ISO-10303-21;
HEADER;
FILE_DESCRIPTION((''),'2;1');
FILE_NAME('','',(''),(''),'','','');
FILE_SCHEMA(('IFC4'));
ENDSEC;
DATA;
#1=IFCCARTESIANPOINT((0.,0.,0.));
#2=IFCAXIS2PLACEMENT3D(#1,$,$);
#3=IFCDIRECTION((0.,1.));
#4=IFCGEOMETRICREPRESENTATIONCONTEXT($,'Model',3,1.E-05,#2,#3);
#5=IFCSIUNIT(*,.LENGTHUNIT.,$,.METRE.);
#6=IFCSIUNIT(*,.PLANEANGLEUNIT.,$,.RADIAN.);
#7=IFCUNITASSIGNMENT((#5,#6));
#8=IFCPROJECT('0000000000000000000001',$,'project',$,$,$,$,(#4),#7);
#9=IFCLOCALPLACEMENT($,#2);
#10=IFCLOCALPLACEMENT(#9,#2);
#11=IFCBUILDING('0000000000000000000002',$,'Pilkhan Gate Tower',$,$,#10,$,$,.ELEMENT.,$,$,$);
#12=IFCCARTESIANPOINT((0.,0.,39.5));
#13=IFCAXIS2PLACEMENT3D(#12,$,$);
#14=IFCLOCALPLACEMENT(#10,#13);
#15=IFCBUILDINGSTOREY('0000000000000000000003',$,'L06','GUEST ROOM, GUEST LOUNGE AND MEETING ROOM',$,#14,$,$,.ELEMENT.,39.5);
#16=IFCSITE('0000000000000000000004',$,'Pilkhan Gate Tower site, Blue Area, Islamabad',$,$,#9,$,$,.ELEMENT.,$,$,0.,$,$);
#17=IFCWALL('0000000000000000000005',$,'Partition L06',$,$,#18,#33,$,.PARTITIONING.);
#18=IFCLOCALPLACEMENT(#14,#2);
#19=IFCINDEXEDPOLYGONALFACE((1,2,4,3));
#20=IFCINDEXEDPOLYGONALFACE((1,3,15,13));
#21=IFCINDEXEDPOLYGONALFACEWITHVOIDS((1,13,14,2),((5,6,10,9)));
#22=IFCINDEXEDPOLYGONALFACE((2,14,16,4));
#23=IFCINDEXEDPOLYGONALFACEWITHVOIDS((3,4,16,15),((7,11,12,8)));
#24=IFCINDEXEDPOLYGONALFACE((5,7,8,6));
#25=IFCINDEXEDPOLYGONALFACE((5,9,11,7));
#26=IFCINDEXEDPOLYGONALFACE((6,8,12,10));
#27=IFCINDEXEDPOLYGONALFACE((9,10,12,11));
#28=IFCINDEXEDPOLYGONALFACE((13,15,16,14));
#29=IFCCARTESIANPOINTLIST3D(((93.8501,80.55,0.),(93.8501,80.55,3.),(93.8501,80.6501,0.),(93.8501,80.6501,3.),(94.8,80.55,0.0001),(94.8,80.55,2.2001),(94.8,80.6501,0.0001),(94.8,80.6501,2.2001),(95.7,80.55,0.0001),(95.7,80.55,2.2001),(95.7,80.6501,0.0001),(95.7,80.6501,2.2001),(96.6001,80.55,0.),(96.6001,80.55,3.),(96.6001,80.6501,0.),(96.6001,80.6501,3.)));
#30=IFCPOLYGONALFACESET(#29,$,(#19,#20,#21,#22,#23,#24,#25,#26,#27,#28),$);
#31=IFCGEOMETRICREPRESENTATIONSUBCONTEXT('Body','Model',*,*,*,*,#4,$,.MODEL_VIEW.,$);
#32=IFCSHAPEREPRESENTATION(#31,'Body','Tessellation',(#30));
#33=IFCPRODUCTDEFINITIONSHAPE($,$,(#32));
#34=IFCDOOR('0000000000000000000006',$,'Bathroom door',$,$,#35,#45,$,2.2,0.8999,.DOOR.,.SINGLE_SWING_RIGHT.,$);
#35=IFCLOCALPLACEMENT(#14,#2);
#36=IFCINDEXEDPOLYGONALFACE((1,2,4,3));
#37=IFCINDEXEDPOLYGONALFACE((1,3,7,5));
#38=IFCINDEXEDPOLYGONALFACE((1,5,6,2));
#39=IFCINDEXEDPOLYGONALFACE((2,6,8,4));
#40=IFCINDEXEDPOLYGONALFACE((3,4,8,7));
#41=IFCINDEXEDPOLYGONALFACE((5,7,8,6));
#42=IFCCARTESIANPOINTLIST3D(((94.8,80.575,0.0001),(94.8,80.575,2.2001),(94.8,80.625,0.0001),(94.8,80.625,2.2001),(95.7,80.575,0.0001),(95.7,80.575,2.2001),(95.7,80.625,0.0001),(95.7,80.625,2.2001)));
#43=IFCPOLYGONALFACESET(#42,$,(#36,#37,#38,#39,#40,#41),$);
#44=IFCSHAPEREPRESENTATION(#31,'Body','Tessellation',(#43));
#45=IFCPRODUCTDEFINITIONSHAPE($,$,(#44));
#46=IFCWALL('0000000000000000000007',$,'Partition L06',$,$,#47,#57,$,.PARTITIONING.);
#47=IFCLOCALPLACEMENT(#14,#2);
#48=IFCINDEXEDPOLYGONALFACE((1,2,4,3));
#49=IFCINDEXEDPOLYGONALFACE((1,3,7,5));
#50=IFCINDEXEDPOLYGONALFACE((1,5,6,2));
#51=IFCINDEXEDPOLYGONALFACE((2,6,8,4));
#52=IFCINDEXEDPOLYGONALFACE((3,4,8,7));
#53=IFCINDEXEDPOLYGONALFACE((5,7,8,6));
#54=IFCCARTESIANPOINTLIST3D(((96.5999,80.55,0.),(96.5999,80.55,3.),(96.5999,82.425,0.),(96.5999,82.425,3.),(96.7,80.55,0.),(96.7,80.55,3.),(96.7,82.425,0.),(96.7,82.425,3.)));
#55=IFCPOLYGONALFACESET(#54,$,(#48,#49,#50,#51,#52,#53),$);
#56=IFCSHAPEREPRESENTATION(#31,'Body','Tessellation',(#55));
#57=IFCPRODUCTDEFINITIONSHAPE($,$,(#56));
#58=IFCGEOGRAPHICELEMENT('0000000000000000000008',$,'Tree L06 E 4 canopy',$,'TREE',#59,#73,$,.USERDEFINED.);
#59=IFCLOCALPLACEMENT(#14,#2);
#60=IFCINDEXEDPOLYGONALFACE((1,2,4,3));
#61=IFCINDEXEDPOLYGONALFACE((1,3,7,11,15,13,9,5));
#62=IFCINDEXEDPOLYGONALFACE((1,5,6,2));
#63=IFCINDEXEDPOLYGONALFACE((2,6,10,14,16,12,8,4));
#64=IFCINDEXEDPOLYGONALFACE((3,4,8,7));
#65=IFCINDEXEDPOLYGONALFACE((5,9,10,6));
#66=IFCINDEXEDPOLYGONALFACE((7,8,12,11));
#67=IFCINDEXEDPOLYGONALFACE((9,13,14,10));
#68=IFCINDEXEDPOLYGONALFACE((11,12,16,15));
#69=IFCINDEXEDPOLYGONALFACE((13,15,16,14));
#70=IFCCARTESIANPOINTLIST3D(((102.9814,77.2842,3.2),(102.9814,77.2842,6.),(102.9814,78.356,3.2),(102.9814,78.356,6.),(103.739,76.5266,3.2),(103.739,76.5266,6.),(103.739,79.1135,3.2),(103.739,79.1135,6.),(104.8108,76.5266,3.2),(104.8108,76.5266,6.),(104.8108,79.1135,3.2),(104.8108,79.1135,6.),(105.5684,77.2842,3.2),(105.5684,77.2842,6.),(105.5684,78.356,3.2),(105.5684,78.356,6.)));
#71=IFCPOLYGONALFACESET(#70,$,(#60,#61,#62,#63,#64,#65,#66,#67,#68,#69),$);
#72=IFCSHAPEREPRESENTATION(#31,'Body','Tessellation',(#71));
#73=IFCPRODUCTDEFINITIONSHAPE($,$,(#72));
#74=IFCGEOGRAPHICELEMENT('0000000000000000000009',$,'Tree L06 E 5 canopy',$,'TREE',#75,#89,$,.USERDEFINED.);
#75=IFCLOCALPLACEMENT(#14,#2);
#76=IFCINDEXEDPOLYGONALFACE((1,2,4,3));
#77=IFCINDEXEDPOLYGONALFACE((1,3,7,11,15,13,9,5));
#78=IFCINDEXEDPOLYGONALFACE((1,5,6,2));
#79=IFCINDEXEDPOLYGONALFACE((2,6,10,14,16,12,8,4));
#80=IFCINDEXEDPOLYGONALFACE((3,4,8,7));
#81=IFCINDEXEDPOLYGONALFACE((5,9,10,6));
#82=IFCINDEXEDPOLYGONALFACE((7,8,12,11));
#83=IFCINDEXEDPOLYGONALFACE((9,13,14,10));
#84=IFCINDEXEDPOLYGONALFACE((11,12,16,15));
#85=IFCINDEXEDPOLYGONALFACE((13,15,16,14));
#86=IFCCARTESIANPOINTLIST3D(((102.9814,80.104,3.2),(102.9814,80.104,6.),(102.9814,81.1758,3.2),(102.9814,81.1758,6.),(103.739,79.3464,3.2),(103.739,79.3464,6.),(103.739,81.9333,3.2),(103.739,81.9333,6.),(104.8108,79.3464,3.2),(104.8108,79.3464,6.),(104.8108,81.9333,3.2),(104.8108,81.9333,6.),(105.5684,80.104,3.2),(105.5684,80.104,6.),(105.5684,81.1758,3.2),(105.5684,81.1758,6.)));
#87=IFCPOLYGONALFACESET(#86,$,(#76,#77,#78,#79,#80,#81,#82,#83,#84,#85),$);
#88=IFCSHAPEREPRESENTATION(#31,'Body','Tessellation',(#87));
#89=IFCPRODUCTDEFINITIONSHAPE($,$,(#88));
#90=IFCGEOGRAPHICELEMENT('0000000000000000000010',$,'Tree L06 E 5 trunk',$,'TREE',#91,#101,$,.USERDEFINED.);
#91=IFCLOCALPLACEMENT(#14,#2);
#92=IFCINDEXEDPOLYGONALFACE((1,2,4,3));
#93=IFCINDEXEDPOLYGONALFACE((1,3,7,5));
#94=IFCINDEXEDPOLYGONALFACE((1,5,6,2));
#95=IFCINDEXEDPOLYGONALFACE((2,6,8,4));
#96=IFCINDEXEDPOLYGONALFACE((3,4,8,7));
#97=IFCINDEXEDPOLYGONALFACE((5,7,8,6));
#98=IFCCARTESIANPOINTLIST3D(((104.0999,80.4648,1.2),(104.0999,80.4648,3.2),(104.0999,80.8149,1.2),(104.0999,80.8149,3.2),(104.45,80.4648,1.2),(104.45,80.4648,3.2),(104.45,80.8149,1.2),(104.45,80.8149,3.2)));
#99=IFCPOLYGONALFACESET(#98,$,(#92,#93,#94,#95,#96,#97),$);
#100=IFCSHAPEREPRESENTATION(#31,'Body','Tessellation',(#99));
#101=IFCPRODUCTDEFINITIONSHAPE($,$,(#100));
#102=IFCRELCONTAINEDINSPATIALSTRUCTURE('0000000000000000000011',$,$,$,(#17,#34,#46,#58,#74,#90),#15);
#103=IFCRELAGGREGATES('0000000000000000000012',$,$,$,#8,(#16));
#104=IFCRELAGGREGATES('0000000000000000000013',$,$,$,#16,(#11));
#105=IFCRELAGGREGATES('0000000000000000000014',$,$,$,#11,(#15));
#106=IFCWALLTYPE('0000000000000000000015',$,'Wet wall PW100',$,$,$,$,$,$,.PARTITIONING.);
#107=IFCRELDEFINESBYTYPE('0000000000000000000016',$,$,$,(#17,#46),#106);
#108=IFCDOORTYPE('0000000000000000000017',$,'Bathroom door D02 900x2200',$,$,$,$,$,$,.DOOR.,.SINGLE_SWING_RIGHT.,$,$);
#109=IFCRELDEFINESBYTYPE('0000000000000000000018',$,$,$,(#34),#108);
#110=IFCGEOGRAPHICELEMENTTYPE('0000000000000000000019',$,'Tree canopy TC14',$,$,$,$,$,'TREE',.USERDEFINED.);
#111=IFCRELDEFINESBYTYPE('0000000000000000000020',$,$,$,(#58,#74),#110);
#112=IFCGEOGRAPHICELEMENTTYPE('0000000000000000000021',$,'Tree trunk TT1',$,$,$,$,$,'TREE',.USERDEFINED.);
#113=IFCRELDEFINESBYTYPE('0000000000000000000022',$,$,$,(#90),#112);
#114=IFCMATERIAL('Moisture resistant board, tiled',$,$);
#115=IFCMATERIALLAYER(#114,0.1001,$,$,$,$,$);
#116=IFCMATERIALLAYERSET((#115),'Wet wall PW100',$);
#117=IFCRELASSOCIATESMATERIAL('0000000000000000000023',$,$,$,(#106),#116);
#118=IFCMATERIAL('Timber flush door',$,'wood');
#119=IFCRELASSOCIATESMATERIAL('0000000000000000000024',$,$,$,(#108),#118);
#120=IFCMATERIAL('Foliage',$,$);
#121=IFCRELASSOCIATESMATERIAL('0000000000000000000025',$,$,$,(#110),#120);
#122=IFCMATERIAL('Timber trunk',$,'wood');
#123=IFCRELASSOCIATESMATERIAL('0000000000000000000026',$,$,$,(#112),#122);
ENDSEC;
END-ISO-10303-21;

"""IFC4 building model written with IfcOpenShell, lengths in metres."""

from ifc_helpers import new_model, si_unit, direction, frame, frame_2d, origin, origin_2d, place, context, subcontext, project, spatial, polyline, rectangle, outline, extrude, material, layer, layer_set, material_profile, profile_set, type_object, element, fill, save


model = new_model("IFC4")

# Units and contexts
model_context = context("Model", 3, precision=1e-05, world=origin(), true_north=direction((0.0, 1.0)))
body_context = subcontext(model_context, "Body", "Model", "MODEL_VIEW")
ifc_project = project(units=[si_unit("LENGTHUNIT", "METRE"), si_unit("PLANEANGLEUNIT", "RADIAN")], contexts=[model_context])

# Site, building, storey
site_placement = place(None, origin())
site = spatial("IfcSite", under=ifc_project, at=site_placement, Name="Pilkhan Gate Tower site, Blue Area, Islamabad", CompositionType="ELEMENT", RefElevation=0.0)
building_placement = place(site_placement, origin())
building = spatial("IfcBuilding", under=site, at=building_placement, Name="Pilkhan Gate Tower", CompositionType="ELEMENT")
storey_placement = place(building_placement, frame((0.0, 0.0, 39.5)))
storey = spatial("IfcBuildingStorey", under=building, at=storey_placement, Name="L06", Description="GUEST ROOM, GUEST LOUNGE AND MEETING ROOM", CompositionType="ELEMENT", Elevation=39.5)

# Wall, opening, door
ifc_material_1 = material(Name="Moisture resistant board, tiled")
ifc_layer_1 = layer(ifc_material_1, 0.1001)
ifc_layer_set_1 = layer_set([ifc_layer_1], Name="Wet wall PW100")
wall_type_1 = type_object("IfcWallType", Name="Wet wall PW100", PredefinedType="PARTITIONING", material=ifc_layer_set_1)
wall_1_placement = place(storey_placement, frame((93.8501, 80.6001, 0.0), z_axis=(0.0, 0.0, 1.0), x_axis=(1.0, 0.0, 0.0)))
wall_1 = element("IfcWall", 1, at=wall_1_placement, inside=storey, type_object=wall_type_1, Name="Partition L06", PredefinedType="PARTITIONING", context=body_context, shape_type="SweptSolid", body=[
    extrude(rectangle(XDim=2.75, YDim=0.1001, at=frame_2d((1.375, 0.0))), origin(), (0.0, 0.0, 1.0), 3.0),
])
opening_placement = place(wall_1_placement, frame((0.95, 0.0, 0.0)))
opening = element("IfcOpeningElement", 2, at=opening_placement, cuts=wall_1, PredefinedType="OPENING", context=body_context, shape_type="SweptSolid", body=[
    extrude(rectangle(XDim=0.8999, YDim=2.2, at=frame_2d((0.45, 1.1001))), frame((0.0, 0.0601, 0.0), z_axis=(0.0, -1.0, 0.0), x_axis=(1.0, 0.0, 0.0)), (0.0, 0.0, 1.0), 0.1201),
])
ifc_material_2 = material(Name="Timber flush door", Category="wood")
door_type = type_object("IfcDoorType", Name="Bathroom door D02 900x2200", OperationType="SINGLE_SWING_RIGHT", PredefinedType="DOOR", material=ifc_material_2)
door_placement = place(opening_placement, origin())
door = element("IfcDoor", 3, at=door_placement, inside=storey, type_object=door_type, Name="Bathroom door", OperationType="SINGLE_SWING_RIGHT", OverallHeight=2.2, OverallWidth=0.8999, PredefinedType="DOOR", context=body_context, shape_type="SweptSolid", body=[
    extrude(rectangle(XDim=0.8999, YDim=2.2, at=frame_2d((0.45, 1.1001))), frame((0.0, 0.0249, 0.0), z_axis=(0.0, -1.0, 0.0), x_axis=(1.0, 0.0, 0.0)), (0.0, 0.0, 1.0), 0.05),
])
fill(opening, door)

# Wall
wall_2_placement = place(storey_placement, frame((96.6499, 80.55, 0.0), z_axis=(0.0, 0.0, 1.0), x_axis=(0.0, 1.0, 0.0)))
element("IfcWall", 4, at=wall_2_placement, inside=storey, type_object=wall_type_1, Name="Partition L06", PredefinedType="PARTITIONING", context=body_context, shape_type="SweptSolid", body=[
    extrude(rectangle(XDim=1.875, YDim=0.1001, at=frame_2d((0.9375, 0.0))), origin(), (0.0, 0.0, 1.0), 3.0),
])

# Geographic elements
ifc_material_3 = material(Name="Foliage")
ifc_material_profile_1 = material_profile(ifc_material_3, outline(polyline([(1.2935, 0.5359), (0.5359, 1.2935), (-0.5359, 1.2935), (-1.2935, 0.5359), (-1.2935, -0.5359), (-0.5359, -1.2935), (0.5359, -1.2935), (1.2935, -0.5359), (1.2935, 0.5359)])), Name="Canopy D2.8")
ifc_profile_set_1 = profile_set([ifc_material_profile_1], Name="Foliage")
geographic_element_type_1 = type_object("IfcGeographicElementType", Name="Tree canopy TC14", ElementType="TREE", PredefinedType="USERDEFINED", material=ifc_profile_set_1)
for number, where, z_axis, x_axis, name in (
    (5, (104.2749, 77.8201, 3.2), (0.0, 0.0, 1.0), (1.0, 0.0, 0.0), "Tree L06 E 4 canopy"),
    (6, (104.2749, 80.6399, 3.2), (0.0, 0.0, 1.0), (1.0, 0.0, 0.0), "Tree L06 E 5 canopy"),
):
    element("IfcGeographicElement", number, at=place(storey_placement, frame(where, z_axis=z_axis, x_axis=x_axis)), inside=storey, type_object=geographic_element_type_1, Name=name, ObjectType="TREE", PredefinedType="USERDEFINED", context=body_context, shape_type="SweptSolid", body=[
        extrude(outline(polyline([(1.2935, 0.5359), (0.5359, 1.2935), (-0.5359, 1.2935), (-1.2935, 0.5359), (-1.2935, -0.5359), (-0.5359, -1.2935), (0.5359, -1.2935), (1.2935, -0.5359), (1.2935, 0.5359)])), origin(), (0.0, 0.0, 1.0), 2.8),
    ])
ifc_material_4 = material(Name="Timber trunk", Category="wood")
geographic_element_type_2 = type_object("IfcGeographicElementType", Name="Tree trunk TT1", ElementType="TREE", PredefinedType="USERDEFINED", material=ifc_material_4)
geographic_element_placement = place(storey_placement, frame((104.2749, 80.6399, 1.2), z_axis=(0.0, 0.0, 1.0), x_axis=(1.0, 0.0, 0.0)))
element("IfcGeographicElement", 7, at=geographic_element_placement, inside=storey, type_object=geographic_element_type_2, Name="Tree L06 E 5 trunk", ObjectType="TREE", PredefinedType="USERDEFINED", context=body_context, shape_type="SweptSolid", body=[
    extrude(rectangle(XDim=0.3501, YDim=0.3501, at=origin_2d()), origin(), (0.0, 0.0, 1.0), 2.0),
])

save(model, "model.ifc")
